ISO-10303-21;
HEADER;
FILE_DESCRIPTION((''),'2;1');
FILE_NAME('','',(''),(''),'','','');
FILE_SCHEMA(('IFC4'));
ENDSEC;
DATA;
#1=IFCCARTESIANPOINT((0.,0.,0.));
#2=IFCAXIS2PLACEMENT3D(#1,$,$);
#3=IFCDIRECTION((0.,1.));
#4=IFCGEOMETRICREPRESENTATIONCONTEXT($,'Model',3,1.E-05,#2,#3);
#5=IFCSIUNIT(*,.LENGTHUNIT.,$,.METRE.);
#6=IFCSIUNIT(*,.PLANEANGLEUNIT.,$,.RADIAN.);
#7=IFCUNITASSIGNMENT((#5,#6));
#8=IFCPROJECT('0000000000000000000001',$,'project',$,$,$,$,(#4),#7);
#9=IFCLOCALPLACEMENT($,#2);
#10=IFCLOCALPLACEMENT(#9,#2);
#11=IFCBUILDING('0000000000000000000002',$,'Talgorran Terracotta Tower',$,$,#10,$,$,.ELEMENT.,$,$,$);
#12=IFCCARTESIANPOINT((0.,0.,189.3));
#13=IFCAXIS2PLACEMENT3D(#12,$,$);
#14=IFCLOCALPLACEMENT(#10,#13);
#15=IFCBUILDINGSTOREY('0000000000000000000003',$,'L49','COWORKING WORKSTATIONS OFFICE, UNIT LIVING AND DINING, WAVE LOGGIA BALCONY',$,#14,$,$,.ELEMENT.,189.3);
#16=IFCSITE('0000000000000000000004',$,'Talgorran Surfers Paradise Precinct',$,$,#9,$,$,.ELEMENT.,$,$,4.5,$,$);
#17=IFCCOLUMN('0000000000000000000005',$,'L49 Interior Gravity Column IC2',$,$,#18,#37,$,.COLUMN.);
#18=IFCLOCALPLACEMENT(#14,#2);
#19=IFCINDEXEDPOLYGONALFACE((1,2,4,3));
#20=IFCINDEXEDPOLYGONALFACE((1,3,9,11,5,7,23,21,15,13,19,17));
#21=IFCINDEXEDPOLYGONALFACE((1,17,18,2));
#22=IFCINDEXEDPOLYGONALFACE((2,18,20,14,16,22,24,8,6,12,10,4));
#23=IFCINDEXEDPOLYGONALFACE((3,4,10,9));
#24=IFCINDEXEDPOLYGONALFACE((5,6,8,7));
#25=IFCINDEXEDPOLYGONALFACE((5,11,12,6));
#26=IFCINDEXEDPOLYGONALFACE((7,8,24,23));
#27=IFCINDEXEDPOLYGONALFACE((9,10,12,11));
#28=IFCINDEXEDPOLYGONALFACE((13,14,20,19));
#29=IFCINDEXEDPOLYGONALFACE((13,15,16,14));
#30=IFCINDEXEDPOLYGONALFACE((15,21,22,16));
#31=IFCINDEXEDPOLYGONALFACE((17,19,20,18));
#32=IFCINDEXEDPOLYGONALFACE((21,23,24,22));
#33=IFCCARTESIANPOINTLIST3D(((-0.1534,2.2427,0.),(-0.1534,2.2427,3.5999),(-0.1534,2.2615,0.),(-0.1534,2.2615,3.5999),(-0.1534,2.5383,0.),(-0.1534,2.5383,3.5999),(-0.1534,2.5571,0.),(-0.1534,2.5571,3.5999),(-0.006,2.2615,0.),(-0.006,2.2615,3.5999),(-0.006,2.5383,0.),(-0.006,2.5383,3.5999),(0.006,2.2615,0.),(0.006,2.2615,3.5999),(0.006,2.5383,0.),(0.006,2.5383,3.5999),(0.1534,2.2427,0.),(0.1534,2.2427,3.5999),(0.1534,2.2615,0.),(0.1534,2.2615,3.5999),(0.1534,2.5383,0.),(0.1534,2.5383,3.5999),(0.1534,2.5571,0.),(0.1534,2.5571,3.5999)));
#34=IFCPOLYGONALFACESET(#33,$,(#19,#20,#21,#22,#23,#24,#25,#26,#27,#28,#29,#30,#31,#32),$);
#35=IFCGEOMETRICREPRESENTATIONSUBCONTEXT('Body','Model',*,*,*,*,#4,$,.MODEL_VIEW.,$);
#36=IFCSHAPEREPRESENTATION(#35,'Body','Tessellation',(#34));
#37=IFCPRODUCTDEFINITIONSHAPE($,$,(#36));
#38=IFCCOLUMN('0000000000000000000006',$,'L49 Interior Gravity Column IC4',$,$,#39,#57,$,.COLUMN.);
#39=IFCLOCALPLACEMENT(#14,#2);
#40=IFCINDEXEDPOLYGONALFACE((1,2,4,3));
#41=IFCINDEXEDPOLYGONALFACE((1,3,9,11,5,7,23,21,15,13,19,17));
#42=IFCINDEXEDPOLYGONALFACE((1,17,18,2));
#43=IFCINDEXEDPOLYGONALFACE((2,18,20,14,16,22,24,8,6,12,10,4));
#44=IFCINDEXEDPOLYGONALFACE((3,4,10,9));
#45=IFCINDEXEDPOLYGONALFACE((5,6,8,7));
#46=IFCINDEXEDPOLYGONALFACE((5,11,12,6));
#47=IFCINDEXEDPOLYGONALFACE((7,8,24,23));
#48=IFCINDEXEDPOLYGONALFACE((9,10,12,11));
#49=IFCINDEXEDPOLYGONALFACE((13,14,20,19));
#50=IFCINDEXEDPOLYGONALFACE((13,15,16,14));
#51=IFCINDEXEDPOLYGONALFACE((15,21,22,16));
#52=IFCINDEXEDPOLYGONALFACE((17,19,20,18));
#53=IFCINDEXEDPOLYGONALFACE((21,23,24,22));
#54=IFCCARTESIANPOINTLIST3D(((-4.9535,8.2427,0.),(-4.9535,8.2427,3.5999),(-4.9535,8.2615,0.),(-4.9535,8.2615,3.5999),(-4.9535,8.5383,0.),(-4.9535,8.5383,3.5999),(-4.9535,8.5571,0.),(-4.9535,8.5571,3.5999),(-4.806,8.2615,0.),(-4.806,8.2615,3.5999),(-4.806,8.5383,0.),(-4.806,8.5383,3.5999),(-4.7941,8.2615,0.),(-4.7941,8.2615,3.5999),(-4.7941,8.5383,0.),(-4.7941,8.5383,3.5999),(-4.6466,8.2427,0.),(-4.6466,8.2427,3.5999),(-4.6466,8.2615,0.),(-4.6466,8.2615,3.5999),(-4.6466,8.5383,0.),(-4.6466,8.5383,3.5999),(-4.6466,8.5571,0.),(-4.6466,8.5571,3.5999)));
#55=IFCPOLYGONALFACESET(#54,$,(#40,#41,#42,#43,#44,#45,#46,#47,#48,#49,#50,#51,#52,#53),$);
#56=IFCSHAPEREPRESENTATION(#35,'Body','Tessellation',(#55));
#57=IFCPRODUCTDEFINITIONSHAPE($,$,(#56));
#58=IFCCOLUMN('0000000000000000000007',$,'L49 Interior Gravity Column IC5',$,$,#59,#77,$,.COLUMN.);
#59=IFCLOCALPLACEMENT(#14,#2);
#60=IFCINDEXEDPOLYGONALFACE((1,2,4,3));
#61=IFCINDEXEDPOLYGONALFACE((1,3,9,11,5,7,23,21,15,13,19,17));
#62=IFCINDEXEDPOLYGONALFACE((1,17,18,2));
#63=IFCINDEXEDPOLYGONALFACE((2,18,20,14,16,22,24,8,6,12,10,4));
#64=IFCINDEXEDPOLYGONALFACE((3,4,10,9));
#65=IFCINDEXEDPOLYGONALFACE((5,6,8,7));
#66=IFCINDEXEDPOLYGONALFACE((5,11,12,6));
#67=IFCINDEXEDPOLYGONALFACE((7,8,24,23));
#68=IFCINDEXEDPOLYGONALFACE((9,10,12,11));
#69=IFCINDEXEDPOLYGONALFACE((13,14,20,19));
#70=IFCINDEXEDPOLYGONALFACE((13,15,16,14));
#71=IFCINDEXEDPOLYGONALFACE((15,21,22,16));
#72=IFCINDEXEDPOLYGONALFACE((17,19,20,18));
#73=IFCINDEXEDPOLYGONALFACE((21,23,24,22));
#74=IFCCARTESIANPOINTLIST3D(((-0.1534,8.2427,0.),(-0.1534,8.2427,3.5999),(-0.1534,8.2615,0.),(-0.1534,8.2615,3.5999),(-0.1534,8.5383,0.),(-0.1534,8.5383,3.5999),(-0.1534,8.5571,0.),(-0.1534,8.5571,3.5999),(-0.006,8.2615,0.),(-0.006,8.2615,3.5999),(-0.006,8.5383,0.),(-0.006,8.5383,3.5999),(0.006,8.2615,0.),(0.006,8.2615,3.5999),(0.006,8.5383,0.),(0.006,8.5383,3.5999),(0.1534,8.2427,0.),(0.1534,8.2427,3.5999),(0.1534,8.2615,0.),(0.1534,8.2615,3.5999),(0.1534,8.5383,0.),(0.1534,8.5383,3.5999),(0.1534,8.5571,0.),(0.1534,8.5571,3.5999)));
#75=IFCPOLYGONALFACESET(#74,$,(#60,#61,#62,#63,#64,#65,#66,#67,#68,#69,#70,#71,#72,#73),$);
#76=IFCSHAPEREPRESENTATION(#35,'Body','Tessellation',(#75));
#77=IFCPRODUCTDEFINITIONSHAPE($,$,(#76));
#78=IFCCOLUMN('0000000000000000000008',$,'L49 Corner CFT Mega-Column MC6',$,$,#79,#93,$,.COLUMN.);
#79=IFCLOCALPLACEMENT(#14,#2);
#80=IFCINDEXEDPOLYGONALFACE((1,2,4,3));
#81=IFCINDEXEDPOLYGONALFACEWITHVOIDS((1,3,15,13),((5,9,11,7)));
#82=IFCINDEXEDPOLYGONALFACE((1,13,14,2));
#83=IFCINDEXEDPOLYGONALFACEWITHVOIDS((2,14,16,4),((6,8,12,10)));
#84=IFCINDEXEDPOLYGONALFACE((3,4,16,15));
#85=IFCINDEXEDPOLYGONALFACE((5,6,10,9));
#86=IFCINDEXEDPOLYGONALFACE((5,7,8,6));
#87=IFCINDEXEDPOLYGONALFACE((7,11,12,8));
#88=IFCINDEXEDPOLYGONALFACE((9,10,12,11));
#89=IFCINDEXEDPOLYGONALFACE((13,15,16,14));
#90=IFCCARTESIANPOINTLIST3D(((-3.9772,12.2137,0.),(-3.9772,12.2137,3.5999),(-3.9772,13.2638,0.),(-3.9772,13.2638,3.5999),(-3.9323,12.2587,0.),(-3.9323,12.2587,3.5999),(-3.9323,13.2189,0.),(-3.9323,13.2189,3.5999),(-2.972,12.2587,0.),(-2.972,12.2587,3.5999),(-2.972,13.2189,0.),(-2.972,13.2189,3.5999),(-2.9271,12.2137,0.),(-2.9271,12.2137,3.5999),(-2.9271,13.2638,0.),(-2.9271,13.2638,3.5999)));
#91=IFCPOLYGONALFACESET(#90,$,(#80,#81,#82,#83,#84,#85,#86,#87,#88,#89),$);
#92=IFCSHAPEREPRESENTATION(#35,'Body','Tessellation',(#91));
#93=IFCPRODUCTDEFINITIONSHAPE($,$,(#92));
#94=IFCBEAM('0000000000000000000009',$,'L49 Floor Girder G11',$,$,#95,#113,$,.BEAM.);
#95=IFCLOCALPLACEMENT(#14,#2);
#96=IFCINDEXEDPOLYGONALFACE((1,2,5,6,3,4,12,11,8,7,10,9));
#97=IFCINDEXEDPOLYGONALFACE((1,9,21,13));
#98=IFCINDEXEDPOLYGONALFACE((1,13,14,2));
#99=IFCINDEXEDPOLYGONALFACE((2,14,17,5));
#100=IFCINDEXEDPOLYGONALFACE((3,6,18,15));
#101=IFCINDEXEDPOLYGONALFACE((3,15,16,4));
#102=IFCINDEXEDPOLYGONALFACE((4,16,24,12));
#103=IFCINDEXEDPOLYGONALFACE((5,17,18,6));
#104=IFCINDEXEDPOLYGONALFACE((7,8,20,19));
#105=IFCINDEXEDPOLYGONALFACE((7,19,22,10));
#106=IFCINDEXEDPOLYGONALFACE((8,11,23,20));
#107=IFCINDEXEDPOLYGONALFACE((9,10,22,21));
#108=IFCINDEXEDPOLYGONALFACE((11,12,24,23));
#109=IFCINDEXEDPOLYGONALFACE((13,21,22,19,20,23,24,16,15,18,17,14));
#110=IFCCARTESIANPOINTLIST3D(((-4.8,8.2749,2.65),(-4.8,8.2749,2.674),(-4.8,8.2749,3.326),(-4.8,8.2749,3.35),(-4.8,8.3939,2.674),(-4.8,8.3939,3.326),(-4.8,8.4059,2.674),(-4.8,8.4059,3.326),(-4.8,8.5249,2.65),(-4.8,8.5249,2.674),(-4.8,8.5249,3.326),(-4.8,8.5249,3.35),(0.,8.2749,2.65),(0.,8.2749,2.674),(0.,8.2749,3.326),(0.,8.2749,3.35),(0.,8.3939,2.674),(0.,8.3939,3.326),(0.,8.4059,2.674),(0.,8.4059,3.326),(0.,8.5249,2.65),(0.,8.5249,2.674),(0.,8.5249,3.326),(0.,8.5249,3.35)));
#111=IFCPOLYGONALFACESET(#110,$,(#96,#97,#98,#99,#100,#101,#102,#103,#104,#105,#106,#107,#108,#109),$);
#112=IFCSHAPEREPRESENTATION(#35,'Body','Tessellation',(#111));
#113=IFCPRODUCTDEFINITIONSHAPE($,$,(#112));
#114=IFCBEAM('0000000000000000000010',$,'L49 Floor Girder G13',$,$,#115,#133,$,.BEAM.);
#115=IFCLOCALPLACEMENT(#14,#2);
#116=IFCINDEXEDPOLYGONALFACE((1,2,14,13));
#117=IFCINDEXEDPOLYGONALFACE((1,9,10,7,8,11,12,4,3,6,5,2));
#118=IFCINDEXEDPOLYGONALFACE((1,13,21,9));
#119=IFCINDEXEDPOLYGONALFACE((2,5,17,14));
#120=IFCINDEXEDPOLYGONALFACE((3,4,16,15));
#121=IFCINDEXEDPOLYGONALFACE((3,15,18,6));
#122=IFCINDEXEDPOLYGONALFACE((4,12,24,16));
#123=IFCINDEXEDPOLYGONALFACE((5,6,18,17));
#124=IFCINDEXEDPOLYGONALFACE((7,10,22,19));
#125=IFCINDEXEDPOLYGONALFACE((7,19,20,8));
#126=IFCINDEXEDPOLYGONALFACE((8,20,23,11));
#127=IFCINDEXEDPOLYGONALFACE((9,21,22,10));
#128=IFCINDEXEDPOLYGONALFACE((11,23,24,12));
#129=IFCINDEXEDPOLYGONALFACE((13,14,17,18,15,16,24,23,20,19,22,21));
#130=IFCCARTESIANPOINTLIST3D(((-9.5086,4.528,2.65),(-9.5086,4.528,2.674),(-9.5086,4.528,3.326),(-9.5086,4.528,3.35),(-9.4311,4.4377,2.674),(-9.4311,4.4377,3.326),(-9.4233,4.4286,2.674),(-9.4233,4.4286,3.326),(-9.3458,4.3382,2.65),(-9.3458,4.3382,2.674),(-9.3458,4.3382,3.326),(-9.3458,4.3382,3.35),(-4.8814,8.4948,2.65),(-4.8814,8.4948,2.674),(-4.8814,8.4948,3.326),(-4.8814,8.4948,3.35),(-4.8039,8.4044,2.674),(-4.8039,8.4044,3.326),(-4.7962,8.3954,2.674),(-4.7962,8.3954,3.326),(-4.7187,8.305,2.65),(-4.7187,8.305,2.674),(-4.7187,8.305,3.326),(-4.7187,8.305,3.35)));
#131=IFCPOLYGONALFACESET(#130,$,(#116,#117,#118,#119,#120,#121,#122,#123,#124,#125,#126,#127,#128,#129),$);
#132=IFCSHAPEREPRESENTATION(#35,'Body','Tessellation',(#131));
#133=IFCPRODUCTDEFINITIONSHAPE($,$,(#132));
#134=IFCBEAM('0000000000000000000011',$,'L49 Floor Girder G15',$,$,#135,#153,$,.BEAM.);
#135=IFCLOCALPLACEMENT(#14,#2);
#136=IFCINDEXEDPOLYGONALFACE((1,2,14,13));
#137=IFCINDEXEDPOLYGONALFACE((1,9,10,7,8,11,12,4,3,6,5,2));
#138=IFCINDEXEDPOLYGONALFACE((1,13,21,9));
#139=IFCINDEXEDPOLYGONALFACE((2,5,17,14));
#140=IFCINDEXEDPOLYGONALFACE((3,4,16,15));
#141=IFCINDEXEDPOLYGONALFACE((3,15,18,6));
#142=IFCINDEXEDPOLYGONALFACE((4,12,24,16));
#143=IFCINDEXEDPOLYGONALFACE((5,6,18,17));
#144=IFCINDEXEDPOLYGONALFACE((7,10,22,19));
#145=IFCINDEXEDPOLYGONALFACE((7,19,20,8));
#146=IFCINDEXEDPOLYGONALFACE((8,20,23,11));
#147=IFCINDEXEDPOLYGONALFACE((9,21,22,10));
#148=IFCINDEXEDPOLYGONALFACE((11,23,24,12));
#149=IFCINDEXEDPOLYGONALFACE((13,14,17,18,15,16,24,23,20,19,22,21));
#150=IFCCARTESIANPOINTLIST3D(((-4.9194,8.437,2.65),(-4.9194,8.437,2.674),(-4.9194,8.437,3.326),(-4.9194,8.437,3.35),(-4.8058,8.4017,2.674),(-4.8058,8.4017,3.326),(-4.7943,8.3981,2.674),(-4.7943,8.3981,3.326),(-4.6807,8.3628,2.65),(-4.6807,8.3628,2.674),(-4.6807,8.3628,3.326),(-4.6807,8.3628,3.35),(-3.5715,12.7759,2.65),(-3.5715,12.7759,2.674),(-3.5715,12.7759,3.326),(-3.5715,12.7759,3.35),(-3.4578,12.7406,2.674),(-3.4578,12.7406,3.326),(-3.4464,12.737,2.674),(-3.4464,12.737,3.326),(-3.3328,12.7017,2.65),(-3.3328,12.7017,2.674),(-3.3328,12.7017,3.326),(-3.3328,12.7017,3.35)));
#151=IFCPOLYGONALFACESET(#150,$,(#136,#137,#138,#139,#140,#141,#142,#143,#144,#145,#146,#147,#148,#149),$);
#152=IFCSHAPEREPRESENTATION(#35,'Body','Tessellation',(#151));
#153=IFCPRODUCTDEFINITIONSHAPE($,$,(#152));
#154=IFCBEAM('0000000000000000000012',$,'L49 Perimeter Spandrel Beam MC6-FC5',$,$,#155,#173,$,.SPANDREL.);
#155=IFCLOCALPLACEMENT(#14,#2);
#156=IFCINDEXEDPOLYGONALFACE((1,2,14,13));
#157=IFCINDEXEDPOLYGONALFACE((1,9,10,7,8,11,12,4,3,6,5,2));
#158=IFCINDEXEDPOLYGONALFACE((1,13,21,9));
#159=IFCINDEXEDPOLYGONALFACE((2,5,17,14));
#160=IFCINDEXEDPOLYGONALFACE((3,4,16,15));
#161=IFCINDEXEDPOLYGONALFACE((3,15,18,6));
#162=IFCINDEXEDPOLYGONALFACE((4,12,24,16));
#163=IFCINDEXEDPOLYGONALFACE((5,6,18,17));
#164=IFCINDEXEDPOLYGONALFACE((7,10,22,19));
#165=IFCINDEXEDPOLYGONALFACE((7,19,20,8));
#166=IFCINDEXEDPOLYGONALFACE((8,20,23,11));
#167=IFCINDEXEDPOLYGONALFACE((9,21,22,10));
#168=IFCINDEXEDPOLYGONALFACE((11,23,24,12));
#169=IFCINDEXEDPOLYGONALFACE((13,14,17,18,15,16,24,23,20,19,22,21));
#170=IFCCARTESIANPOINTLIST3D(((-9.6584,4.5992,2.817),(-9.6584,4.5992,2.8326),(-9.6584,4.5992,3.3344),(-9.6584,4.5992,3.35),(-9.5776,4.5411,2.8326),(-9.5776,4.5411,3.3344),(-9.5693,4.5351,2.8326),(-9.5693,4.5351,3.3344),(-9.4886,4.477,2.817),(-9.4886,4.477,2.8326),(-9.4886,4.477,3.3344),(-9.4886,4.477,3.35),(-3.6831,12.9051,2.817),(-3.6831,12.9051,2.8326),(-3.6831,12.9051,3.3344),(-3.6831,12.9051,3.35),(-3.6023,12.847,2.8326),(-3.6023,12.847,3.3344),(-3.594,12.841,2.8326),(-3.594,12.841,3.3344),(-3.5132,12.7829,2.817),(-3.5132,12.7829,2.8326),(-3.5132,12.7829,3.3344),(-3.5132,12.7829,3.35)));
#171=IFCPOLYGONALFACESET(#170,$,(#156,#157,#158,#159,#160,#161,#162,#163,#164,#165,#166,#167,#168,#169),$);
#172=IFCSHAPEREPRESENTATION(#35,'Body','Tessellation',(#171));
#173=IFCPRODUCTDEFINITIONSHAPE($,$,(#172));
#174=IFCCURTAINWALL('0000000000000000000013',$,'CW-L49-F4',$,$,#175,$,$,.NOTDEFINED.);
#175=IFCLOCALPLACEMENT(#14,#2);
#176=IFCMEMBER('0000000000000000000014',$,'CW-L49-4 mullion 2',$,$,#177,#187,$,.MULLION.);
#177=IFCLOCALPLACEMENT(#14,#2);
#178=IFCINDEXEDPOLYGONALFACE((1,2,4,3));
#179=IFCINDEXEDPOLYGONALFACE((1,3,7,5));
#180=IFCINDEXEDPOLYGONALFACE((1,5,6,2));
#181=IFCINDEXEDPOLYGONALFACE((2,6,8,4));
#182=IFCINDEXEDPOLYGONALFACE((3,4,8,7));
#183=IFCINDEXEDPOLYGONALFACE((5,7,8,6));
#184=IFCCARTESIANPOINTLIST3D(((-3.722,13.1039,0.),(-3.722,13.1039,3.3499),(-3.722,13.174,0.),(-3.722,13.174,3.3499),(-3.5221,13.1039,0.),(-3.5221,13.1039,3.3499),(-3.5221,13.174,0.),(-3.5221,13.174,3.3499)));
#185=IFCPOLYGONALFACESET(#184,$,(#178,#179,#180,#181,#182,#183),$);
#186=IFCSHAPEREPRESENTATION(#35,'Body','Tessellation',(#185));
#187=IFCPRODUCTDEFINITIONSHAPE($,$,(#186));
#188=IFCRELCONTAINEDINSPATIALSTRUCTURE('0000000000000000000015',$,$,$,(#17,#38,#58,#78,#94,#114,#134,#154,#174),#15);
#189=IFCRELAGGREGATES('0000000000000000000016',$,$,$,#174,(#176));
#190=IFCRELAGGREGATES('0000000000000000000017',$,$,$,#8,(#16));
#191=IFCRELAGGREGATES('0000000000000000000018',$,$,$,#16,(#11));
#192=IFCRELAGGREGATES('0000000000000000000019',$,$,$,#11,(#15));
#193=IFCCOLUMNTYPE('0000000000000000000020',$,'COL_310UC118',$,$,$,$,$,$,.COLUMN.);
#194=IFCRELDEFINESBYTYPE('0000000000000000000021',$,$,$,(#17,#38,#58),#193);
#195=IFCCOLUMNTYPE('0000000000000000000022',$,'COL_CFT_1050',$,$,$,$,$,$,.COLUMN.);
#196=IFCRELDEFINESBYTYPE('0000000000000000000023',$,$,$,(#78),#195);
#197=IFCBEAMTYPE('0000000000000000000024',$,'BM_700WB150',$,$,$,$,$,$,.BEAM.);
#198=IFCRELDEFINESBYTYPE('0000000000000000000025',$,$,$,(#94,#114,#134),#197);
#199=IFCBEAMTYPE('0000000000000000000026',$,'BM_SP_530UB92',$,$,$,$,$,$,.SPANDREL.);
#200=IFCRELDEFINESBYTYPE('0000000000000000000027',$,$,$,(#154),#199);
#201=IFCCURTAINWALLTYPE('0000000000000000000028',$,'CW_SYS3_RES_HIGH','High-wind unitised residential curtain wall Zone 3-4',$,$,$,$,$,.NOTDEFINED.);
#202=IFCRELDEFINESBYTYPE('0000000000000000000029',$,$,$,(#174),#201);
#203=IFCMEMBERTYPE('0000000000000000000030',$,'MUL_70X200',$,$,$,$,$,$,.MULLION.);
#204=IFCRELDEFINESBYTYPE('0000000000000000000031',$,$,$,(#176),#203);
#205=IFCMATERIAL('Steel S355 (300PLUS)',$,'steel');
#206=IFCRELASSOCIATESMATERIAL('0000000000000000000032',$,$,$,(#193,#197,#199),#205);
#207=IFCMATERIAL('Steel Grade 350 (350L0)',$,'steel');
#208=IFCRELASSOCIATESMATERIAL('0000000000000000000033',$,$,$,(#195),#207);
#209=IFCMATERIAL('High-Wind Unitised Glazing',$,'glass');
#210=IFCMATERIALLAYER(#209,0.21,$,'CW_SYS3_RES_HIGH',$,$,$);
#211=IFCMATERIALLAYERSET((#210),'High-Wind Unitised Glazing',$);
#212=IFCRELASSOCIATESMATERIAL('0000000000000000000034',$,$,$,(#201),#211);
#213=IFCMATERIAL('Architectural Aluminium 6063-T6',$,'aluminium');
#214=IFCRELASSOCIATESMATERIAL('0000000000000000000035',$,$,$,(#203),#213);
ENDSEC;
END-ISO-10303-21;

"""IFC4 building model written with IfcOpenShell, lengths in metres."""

from ifc_helpers import new_model, si_unit, direction, frame, origin, origin_2d, place, context, subcontext, project, spatial, rectangle, hollow_rectangle, i_section, extrude, material, layer, layer_set, material_profile, profile_set, type_object, element, aggregate, save


model = new_model("IFC4")

# Units and contexts
model_context = context("Model", 3, precision=1e-05, world=origin(), true_north=direction((0.0, 1.0)))
body_context = subcontext(model_context, "Body", "Model", "MODEL_VIEW")
ifc_project = project(units=[si_unit("LENGTHUNIT", "METRE"), si_unit("PLANEANGLEUNIT", "RADIAN")], contexts=[model_context])

# Site, building, storey
site_placement = place(None, origin())
site = spatial("IfcSite", under=ifc_project, at=site_placement, Name="Talgorran Surfers Paradise Precinct", CompositionType="ELEMENT", RefElevation=4.5)
building_placement = place(site_placement, origin())
building = spatial("IfcBuilding", under=site, at=building_placement, Name="Talgorran Terracotta Tower", CompositionType="ELEMENT")
storey_placement = place(building_placement, frame((0.0, 0.0, 189.3)))
storey = spatial("IfcBuildingStorey", under=building, at=storey_placement, Name="L49", Description="COWORKING WORKSTATIONS OFFICE, UNIT LIVING AND DINING, WAVE LOGGIA BALCONY", CompositionType="ELEMENT", Elevation=189.3)

# Columns
ifc_material_1 = material(Name="Steel S355 (300PLUS)", Category="steel")
ifc_material_profile_1 = material_profile(ifc_material_1, i_section(OverallWidth=0.3069, OverallDepth=0.3145, WebThickness=0.012, FlangeThickness=0.0188, at=origin_2d()), Name="310UC118")
ifc_profile_set_1 = profile_set([ifc_material_profile_1], Name="Steel S355 (300PLUS)")
column_type_1 = type_object("IfcColumnType", Name="COL_310UC118", PredefinedType="COLUMN", material=ifc_profile_set_1)
for number, where, z_axis, x_axis, name in (
    (1, (0.0, 2.3999, 0.0), (0.0, 0.0, 1.0), (1.0, 0.0, 0.0), "L49 Interior Gravity Column IC2"),
    (2, (-4.8, 8.3999, 0.0), (0.0, 0.0, 1.0), (1.0, 0.0, 0.0), "L49 Interior Gravity Column IC4"),
    (3, (0.0, 8.3999, 0.0), (0.0, 0.0, 1.0), (1.0, 0.0, 0.0), "L49 Interior Gravity Column IC5"),
):
    element("IfcColumn", number, at=place(storey_placement, frame(where, z_axis=z_axis, x_axis=x_axis)), inside=storey, type_object=column_type_1, Name=name, PredefinedType="COLUMN", context=body_context, shape_type="SweptSolid", body=[
        extrude(i_section(OverallWidth=0.3069, OverallDepth=0.3145, WebThickness=0.012, FlangeThickness=0.0188, at=origin_2d()), origin(), (0.0, 0.0, 1.0), 3.5999),
    ])
ifc_material_2 = material(Name="Steel Grade 350 (350L0)", Category="steel")
ifc_material_profile_2 = material_profile(ifc_material_2, hollow_rectangle(XDim=1.05, YDim=1.05, WallThickness=0.0449, at=origin_2d()), Name="CFT1050X1050X45")
ifc_profile_set_2 = profile_set([ifc_material_profile_2], Name="Steel Grade 350 (350L0)")
column_type_2 = type_object("IfcColumnType", Name="COL_CFT_1050", PredefinedType="COLUMN", material=ifc_profile_set_2)
column_placement = place(storey_placement, frame((-3.4521, 12.7388, 0.0), z_axis=(0.0, 0.0, 1.0), x_axis=(1.0, 0.0, 0.0)))
element("IfcColumn", 4, at=column_placement, inside=storey, type_object=column_type_2, Name="L49 Corner CFT Mega-Column MC6", PredefinedType="COLUMN", context=body_context, shape_type="SweptSolid", body=[
    extrude(hollow_rectangle(XDim=1.05, YDim=1.05, WallThickness=0.0449, at=origin_2d()), origin(), (0.0, 0.0, 1.0), 3.5999),
])

# Beams
ifc_material_profile_3 = material_profile(ifc_material_1, i_section(OverallWidth=0.25, OverallDepth=0.7, WebThickness=0.012, FlangeThickness=0.0239, at=origin_2d()), Name="700WB150")
ifc_profile_set_3 = profile_set([ifc_material_profile_3], Name="Steel S355 (300PLUS)")
beam_type_1 = type_object("IfcBeamType", Name="BM_700WB150", PredefinedType="BEAM", material=ifc_profile_set_3)
beam_1_placement = place(storey_placement, frame((-4.8, 8.3999, 3.0), z_axis=(1.0, 0.0, 0.0), x_axis=(0.0, 1.0, 0.0)))
element("IfcBeam", 5, at=beam_1_placement, inside=storey, type_object=beam_type_1, Name="L49 Floor Girder G11", PredefinedType="BEAM", context=body_context, shape_type="SweptSolid", body=[
    extrude(i_section(OverallWidth=0.25, OverallDepth=0.7, WebThickness=0.012, FlangeThickness=0.0239, at=origin_2d()), origin(), (0.0, 0.0, 1.0), 4.8),
])
beam_2_placement = place(storey_placement, frame((-4.8, 8.3999, 3.0), z_axis=(-0.759206, -0.650851, 0.0), x_axis=(0.650851, -0.759206, 0.0)))
element("IfcBeam", 6, at=beam_2_placement, inside=storey, type_object=beam_type_1, Name="L49 Floor Girder G13", PredefinedType="BEAM", context=body_context, shape_type="SweptSolid", body=[
    extrude(i_section(OverallWidth=0.25, OverallDepth=0.7, WebThickness=0.012, FlangeThickness=0.0239, at=origin_2d()), origin(), (0.0, 0.0, 1.0), 6.0947),
])
beam_3_placement = place(storey_placement, frame((-4.8, 8.3999, 3.0), z_axis=(0.296671, 0.95498, 0.0), x_axis=(-0.95498, 0.296671, 0.0)))
element("IfcBeam", 7, at=beam_3_placement, inside=storey, type_object=beam_type_1, Name="L49 Floor Girder G15", PredefinedType="BEAM", context=body_context, shape_type="SweptSolid", body=[
    extrude(i_section(OverallWidth=0.25, OverallDepth=0.7, WebThickness=0.012, FlangeThickness=0.0239, at=origin_2d()), origin(), (0.0, 0.0, 1.0), 4.5435),
])
ifc_material_profile_4 = material_profile(ifc_material_1, i_section(OverallWidth=0.2092, OverallDepth=0.533, WebThickness=0.0103, FlangeThickness=0.0156, at=origin_2d()), Name="530UB92.4")
ifc_profile_set_4 = profile_set([ifc_material_profile_4], Name="Steel S355 (300PLUS)")
beam_type_2 = type_object("IfcBeamType", Name="BM_SP_530UB92", PredefinedType="SPANDREL", material=ifc_profile_set_4)
beam_4_placement = place(storey_placement, frame((-3.5981, 12.844, 3.0835), z_axis=(-0.583989, -0.811762, 0.0), x_axis=(0.811762, -0.583989, 0.0)))
element("IfcBeam", 8, at=beam_4_placement, inside=storey, type_object=beam_type_2, Name="L49 Perimeter Spandrel Beam MC6-FC5", PredefinedType="SPANDREL", context=body_context, shape_type="SweptSolid", body=[
    extrude(i_section(OverallWidth=0.2092, OverallDepth=0.533, WebThickness=0.0103, FlangeThickness=0.0156, at=origin_2d()), origin(), (0.0, 0.0, 1.0), 10.2319),
])

# Curtain wall, member
ifc_material_3 = material(Name="High-Wind Unitised Glazing", Category="glass")
ifc_layer_1 = layer(ifc_material_3, 0.21, Name="CW_SYS3_RES_HIGH")
ifc_layer_set_1 = layer_set([ifc_layer_1], Name="High-Wind Unitised Glazing")
curtain_wall_type = type_object("IfcCurtainWallType", Name="CW_SYS3_RES_HIGH", Description="High-wind unitised residential curtain wall Zone 3-4", PredefinedType="NOTDEFINED", material=ifc_layer_set_1)
curtain_wall_1_placement = place(storey_placement, origin())
curtain_wall_1 = element("IfcCurtainWall", 9, at=curtain_wall_1_placement, inside=storey, type_object=curtain_wall_type, Name="CW-L49-F4", PredefinedType="NOTDEFINED")
ifc_material_4 = material(Name="Architectural Aluminium 6063-T6", Category="aluminium")
ifc_material_profile_5 = material_profile(ifc_material_4, rectangle(XDim=0.0701, YDim=0.2, at=origin_2d()), Name="CWM70X200")
ifc_profile_set_5 = profile_set([ifc_material_profile_5], Name="Architectural Aluminium 6063-T6")
member_type_1 = type_object("IfcMemberType", Name="MUL_70X200", PredefinedType="MULLION", material=ifc_profile_set_5)
member_1_placement = place(storey_placement, frame((-3.6221, 13.1389, 0.0), z_axis=(0.0, 0.0, 1.0), x_axis=(0.0, -1.0, 0.0)))
member_1 = element("IfcMember", 10, at=member_1_placement, type_object=member_type_1, Name="CW-L49-4 mullion 2", PredefinedType="MULLION", context=body_context, shape_type="SweptSolid", body=[
    extrude(rectangle(XDim=0.0701, YDim=0.2, at=origin_2d()), origin(), (0.0, 0.0, 1.0), 3.3499),
])
aggregate(curtain_wall_1, [member_1])

save(model, "model.ifc")
